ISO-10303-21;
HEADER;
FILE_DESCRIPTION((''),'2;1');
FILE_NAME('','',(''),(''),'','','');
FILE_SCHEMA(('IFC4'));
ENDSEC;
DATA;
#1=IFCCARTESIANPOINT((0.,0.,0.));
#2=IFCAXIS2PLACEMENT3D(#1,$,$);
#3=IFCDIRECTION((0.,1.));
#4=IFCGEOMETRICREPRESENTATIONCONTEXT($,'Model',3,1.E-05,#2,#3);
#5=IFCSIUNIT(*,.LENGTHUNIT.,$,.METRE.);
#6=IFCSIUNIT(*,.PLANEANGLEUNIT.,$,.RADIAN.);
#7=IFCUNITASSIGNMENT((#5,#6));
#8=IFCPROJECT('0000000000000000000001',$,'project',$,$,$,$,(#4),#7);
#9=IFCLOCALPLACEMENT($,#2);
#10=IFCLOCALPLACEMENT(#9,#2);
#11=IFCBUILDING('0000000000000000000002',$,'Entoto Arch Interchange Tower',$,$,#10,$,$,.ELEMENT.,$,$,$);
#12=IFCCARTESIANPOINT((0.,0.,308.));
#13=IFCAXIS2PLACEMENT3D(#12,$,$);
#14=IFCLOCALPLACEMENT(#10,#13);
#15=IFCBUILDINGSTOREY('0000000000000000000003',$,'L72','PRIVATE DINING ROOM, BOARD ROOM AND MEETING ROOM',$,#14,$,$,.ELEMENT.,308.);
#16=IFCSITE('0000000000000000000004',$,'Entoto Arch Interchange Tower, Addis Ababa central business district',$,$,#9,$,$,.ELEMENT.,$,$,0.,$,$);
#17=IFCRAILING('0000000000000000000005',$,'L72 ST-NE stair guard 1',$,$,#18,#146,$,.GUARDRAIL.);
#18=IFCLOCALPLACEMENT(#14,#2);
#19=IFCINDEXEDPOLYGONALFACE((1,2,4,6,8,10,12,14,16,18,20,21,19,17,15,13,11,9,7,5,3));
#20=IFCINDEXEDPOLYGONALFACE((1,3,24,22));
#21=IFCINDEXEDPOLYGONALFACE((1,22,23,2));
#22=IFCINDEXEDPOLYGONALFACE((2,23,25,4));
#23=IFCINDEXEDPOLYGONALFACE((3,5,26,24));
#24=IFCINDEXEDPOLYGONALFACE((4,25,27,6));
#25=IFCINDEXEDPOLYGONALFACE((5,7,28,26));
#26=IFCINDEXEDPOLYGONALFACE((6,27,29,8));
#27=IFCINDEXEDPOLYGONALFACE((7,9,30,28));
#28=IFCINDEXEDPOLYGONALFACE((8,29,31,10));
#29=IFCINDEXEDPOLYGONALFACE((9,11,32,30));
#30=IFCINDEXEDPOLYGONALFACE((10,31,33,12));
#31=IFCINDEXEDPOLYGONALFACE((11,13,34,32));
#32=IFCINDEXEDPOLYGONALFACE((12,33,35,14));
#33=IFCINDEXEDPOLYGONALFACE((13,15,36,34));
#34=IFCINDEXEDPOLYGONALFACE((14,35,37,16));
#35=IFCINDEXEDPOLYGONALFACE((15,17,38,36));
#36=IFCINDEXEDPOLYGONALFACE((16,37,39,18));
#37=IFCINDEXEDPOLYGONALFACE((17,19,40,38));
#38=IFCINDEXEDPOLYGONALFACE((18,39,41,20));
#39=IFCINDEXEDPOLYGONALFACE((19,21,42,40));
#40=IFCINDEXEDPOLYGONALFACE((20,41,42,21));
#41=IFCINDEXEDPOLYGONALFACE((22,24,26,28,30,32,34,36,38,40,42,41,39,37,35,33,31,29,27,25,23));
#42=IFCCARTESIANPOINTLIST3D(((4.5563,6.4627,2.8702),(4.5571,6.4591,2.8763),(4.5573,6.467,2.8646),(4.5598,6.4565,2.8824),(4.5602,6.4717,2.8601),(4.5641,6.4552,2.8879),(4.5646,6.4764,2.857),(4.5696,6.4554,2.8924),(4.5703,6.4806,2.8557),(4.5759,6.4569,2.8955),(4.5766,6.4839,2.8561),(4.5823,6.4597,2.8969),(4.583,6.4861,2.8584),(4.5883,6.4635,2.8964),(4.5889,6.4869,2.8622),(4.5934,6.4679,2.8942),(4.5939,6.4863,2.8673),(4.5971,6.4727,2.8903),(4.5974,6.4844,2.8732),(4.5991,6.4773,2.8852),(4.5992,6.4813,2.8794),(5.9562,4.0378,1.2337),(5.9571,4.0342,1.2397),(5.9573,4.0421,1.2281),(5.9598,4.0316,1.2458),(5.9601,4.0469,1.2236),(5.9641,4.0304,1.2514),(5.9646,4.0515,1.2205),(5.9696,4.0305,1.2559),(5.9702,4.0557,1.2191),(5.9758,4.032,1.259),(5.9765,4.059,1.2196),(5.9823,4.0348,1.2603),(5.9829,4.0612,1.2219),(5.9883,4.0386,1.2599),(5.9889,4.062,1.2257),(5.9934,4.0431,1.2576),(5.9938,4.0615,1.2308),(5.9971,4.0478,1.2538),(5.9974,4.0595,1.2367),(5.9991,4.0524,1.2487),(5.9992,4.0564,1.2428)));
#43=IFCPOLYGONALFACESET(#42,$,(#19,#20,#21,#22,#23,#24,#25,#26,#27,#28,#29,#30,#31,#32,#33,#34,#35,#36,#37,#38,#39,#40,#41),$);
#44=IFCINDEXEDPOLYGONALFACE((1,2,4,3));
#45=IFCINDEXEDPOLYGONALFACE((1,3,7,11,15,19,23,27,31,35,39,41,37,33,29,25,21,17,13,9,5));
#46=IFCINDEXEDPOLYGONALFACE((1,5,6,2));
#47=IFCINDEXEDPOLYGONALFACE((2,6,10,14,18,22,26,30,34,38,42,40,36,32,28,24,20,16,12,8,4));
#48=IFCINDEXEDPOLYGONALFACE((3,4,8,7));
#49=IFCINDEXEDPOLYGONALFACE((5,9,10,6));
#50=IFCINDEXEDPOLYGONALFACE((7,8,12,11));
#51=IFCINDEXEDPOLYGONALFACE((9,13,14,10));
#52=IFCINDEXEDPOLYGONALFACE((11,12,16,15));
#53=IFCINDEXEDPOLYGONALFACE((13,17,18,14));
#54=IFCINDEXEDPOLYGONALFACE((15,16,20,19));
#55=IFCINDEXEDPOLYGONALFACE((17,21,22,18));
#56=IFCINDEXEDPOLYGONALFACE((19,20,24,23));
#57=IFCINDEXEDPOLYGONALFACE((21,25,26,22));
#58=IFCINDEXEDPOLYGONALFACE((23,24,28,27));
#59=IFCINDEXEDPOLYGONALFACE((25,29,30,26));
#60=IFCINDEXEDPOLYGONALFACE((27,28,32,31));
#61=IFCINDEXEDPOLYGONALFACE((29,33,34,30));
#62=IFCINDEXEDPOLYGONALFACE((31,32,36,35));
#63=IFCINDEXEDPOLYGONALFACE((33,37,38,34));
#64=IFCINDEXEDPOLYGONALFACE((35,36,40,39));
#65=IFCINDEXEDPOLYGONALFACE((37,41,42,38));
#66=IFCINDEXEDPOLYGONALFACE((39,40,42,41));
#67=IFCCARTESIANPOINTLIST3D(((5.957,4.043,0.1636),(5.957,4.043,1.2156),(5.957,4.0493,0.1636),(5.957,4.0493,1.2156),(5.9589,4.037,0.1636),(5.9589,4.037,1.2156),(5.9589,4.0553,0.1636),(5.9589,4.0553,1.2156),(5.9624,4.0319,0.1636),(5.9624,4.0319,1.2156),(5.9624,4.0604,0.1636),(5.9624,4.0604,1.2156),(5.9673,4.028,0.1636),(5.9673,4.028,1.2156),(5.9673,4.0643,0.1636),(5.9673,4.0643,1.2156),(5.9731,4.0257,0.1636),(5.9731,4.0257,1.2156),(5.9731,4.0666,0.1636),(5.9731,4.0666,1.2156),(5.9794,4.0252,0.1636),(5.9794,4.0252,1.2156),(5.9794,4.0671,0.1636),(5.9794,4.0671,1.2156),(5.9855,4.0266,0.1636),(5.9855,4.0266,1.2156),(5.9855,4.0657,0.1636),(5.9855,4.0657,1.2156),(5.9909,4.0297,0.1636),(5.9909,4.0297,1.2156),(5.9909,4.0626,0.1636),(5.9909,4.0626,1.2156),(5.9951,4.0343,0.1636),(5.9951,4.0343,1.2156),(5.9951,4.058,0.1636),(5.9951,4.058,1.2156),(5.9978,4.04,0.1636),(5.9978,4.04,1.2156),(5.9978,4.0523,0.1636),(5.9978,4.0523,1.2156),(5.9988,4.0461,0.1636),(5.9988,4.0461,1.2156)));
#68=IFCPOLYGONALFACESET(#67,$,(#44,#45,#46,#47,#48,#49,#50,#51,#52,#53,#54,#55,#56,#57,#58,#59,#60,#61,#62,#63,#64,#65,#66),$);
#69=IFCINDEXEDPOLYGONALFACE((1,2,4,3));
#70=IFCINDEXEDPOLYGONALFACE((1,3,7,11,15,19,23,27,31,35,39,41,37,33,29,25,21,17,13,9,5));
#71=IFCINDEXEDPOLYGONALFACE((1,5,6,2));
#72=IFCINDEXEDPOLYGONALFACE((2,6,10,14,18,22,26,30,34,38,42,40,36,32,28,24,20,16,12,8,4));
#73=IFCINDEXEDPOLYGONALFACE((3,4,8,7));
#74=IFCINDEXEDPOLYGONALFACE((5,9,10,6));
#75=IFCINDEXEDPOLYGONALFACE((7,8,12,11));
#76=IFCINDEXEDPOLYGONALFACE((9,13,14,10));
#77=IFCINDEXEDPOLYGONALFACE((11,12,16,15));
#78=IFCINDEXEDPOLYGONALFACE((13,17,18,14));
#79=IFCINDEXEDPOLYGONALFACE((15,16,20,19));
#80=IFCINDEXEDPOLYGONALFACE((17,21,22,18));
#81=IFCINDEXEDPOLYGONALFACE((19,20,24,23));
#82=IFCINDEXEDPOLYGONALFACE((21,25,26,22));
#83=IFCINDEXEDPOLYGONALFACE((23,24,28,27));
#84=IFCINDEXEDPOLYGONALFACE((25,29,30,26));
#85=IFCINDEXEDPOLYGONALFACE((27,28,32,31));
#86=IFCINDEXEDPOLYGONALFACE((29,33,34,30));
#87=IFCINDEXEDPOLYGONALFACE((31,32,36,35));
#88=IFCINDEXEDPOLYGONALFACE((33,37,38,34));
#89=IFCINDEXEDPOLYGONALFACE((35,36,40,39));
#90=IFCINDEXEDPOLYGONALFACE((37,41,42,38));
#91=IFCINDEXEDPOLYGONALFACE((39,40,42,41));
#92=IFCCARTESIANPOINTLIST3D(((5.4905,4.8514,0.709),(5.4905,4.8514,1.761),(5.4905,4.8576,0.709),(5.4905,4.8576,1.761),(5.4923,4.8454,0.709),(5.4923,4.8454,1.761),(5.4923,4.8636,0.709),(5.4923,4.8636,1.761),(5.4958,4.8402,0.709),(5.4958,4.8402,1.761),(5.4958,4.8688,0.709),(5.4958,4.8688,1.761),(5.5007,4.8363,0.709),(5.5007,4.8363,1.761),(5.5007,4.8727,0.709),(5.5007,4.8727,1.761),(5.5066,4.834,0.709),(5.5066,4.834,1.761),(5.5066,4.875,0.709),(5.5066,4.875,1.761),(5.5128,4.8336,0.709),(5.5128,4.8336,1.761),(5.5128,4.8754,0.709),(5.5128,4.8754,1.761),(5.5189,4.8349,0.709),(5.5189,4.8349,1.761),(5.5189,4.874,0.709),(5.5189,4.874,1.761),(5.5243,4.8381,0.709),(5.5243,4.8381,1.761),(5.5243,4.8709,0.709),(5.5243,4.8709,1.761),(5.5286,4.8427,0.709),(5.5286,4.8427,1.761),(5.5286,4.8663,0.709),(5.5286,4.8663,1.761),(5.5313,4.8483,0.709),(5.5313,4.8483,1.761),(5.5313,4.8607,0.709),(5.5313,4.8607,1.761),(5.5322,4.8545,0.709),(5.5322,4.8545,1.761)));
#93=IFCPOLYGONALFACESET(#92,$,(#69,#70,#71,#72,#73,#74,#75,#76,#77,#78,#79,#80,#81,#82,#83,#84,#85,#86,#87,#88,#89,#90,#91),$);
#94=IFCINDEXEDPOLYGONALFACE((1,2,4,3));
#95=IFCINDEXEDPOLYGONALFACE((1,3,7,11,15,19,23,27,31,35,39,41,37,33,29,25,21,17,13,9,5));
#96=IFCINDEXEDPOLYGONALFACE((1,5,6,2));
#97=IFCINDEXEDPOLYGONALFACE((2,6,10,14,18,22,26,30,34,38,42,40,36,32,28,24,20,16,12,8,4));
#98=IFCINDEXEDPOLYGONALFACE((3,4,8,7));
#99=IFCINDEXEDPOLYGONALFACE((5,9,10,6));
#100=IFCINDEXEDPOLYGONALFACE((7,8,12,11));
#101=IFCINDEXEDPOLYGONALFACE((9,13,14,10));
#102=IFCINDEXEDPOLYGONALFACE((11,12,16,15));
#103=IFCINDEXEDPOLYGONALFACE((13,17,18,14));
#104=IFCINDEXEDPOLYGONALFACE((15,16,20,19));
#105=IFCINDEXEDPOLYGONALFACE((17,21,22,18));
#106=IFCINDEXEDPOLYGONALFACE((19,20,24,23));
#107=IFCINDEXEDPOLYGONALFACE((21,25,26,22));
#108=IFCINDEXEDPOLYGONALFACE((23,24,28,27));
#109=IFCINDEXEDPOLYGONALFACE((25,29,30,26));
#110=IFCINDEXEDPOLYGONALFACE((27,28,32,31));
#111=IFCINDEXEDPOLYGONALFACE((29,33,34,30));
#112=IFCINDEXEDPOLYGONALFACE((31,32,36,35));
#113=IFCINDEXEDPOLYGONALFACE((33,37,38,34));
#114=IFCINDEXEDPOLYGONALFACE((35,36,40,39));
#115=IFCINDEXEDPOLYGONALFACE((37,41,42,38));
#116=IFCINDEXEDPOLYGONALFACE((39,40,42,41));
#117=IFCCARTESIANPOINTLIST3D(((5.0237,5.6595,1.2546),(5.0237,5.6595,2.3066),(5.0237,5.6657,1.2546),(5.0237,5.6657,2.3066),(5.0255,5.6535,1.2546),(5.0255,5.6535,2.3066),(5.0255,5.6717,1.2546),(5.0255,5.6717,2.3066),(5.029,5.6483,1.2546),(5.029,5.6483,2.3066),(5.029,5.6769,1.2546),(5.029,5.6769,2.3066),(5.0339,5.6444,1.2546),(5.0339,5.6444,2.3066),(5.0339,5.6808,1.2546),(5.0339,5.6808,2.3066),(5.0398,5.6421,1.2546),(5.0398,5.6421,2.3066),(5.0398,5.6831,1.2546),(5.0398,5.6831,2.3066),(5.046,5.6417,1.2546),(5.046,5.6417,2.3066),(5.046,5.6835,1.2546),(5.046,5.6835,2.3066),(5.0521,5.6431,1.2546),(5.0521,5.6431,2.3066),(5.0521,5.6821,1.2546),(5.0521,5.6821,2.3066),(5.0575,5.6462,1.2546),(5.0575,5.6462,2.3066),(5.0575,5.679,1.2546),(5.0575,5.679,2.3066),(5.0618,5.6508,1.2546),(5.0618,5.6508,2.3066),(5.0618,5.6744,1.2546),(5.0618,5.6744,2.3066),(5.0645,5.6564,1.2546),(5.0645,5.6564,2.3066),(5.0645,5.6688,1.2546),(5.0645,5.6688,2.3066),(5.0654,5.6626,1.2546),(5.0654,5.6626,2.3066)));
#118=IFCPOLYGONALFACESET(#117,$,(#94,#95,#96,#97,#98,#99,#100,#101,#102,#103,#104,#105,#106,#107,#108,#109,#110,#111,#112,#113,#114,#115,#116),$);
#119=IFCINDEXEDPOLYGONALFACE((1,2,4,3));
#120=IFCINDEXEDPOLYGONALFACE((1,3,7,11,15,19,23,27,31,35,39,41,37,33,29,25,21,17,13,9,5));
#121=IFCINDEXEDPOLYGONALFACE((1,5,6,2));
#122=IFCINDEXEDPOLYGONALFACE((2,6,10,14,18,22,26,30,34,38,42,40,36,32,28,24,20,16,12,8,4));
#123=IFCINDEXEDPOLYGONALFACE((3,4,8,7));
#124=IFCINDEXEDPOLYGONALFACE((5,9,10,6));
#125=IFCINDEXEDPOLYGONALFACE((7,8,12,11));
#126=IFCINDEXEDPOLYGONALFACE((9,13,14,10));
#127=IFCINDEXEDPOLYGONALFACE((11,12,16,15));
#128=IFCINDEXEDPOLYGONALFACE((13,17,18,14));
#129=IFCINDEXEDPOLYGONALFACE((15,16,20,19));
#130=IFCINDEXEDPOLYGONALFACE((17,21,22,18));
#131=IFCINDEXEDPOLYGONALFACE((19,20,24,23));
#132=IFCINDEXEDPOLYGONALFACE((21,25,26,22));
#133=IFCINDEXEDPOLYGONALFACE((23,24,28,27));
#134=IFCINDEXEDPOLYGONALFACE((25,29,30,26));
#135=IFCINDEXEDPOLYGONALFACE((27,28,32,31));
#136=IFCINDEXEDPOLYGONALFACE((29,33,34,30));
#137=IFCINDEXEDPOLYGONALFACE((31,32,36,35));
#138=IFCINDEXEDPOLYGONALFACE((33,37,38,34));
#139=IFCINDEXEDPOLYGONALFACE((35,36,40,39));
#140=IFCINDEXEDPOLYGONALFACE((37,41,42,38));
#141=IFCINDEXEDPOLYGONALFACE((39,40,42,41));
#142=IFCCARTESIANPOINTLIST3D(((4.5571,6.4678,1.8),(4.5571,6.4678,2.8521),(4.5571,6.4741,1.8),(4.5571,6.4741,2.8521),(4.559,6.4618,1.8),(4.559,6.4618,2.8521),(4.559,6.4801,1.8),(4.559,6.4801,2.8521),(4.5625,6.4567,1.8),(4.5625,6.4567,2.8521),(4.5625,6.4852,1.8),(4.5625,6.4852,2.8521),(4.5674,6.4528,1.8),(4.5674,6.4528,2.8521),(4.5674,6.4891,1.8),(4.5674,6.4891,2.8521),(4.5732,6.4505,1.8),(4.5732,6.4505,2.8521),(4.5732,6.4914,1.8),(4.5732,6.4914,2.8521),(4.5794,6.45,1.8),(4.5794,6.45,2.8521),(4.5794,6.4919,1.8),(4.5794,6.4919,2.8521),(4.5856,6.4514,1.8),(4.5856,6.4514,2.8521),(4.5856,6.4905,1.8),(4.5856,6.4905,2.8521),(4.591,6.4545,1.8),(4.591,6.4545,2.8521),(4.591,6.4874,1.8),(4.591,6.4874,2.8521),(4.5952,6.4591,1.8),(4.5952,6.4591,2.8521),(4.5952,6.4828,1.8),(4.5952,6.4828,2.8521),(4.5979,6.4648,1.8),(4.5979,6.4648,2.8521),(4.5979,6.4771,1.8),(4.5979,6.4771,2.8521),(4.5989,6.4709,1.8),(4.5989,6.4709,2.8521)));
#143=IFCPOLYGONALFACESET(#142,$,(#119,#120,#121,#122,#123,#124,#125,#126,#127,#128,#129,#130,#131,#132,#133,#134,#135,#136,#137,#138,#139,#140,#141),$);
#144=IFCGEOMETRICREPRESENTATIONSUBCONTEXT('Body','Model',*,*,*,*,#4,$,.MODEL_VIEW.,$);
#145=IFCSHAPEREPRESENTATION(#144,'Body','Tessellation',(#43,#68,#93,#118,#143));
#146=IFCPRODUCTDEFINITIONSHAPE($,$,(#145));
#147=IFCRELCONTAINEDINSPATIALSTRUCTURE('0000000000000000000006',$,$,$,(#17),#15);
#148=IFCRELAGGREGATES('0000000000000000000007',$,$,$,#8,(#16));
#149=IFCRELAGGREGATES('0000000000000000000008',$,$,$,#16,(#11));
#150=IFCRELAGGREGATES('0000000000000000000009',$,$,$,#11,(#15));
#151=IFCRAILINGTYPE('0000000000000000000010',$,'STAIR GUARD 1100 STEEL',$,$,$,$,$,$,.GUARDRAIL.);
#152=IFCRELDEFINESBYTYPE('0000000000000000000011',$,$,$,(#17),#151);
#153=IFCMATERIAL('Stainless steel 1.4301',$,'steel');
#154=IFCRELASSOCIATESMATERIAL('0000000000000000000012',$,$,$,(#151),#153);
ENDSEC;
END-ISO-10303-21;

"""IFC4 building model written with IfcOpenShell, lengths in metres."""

from ifc_helpers import new_model, si_unit, direction, frame, origin, origin_2d, place, context, subcontext, project, spatial, circle, extrude, material, type_object, element, save


model = new_model("IFC4")

# Units and contexts
model_context = context("Model", 3, precision=1e-05, world=origin(), true_north=direction((0.0, 1.0)))
body_context = subcontext(model_context, "Body", "Model", "MODEL_VIEW")
ifc_project = project(units=[si_unit("LENGTHUNIT", "METRE"), si_unit("PLANEANGLEUNIT", "RADIAN")], contexts=[model_context])

# Site, building, storey
site_placement = place(None, origin())
site = spatial("IfcSite", under=ifc_project, at=site_placement, Name="Entoto Arch Interchange Tower, Addis Ababa central business district", CompositionType="ELEMENT", RefElevation=0.0)
building_placement = place(site_placement, origin())
building = spatial("IfcBuilding", under=site, at=building_placement, Name="Entoto Arch Interchange Tower", CompositionType="ELEMENT")
storey_placement = place(building_placement, frame((0.0, 0.0, 308.0)))
storey = spatial("IfcBuildingStorey", under=building, at=storey_placement, Name="L72", Description="PRIVATE DINING ROOM, BOARD ROOM AND MEETING ROOM", CompositionType="ELEMENT", Elevation=308.0)

# Railing
ifc_material_1 = material(Name="Stainless steel 1.4301", Category="steel")
railing_type_1 = type_object("IfcRailingType", Name="STAIR GUARD 1100 STEEL", PredefinedType="GUARDRAIL", material=ifc_material_1)
railing_1_placement = place(storey_placement, frame((5.9778, 4.0461, 0.1636)))
element("IfcRailing", 1, at=railing_1_placement, inside=storey, type_object=railing_type_1, Name="L72 ST-NE stair guard 1", PredefinedType="GUARDRAIL", context=body_context, shape_type="SweptSolid", body=[
    extrude(circle(Radius=0.0239, at=origin_2d()), frame((0.0, 0.0, 1.0762), z_axis=(-0.431661, 0.74769, 0.504608), x_axis=(-0.866035, -0.499984, 0.0)), (0.0, 0.0, 1.0), 3.2432),
    extrude(circle(Radius=0.021, at=origin_2d()), origin(), (0.0, 0.0, 1.0), 1.052),
    extrude(circle(Radius=0.021, at=origin_2d()), frame((-0.4666, 0.8083, 0.5454)), (0.0, 0.0, 1.0), 1.052),
    extrude(circle(Radius=0.021, at=origin_2d()), frame((-0.9333, 1.6165, 1.0911)), (0.0, 0.0, 1.0), 1.052),
    extrude(circle(Radius=0.021, at=origin_2d()), frame((-1.3999, 2.4248, 1.6365)), (0.0, 0.0, 1.0), 1.052),
])

save(model, "model.ifc")
